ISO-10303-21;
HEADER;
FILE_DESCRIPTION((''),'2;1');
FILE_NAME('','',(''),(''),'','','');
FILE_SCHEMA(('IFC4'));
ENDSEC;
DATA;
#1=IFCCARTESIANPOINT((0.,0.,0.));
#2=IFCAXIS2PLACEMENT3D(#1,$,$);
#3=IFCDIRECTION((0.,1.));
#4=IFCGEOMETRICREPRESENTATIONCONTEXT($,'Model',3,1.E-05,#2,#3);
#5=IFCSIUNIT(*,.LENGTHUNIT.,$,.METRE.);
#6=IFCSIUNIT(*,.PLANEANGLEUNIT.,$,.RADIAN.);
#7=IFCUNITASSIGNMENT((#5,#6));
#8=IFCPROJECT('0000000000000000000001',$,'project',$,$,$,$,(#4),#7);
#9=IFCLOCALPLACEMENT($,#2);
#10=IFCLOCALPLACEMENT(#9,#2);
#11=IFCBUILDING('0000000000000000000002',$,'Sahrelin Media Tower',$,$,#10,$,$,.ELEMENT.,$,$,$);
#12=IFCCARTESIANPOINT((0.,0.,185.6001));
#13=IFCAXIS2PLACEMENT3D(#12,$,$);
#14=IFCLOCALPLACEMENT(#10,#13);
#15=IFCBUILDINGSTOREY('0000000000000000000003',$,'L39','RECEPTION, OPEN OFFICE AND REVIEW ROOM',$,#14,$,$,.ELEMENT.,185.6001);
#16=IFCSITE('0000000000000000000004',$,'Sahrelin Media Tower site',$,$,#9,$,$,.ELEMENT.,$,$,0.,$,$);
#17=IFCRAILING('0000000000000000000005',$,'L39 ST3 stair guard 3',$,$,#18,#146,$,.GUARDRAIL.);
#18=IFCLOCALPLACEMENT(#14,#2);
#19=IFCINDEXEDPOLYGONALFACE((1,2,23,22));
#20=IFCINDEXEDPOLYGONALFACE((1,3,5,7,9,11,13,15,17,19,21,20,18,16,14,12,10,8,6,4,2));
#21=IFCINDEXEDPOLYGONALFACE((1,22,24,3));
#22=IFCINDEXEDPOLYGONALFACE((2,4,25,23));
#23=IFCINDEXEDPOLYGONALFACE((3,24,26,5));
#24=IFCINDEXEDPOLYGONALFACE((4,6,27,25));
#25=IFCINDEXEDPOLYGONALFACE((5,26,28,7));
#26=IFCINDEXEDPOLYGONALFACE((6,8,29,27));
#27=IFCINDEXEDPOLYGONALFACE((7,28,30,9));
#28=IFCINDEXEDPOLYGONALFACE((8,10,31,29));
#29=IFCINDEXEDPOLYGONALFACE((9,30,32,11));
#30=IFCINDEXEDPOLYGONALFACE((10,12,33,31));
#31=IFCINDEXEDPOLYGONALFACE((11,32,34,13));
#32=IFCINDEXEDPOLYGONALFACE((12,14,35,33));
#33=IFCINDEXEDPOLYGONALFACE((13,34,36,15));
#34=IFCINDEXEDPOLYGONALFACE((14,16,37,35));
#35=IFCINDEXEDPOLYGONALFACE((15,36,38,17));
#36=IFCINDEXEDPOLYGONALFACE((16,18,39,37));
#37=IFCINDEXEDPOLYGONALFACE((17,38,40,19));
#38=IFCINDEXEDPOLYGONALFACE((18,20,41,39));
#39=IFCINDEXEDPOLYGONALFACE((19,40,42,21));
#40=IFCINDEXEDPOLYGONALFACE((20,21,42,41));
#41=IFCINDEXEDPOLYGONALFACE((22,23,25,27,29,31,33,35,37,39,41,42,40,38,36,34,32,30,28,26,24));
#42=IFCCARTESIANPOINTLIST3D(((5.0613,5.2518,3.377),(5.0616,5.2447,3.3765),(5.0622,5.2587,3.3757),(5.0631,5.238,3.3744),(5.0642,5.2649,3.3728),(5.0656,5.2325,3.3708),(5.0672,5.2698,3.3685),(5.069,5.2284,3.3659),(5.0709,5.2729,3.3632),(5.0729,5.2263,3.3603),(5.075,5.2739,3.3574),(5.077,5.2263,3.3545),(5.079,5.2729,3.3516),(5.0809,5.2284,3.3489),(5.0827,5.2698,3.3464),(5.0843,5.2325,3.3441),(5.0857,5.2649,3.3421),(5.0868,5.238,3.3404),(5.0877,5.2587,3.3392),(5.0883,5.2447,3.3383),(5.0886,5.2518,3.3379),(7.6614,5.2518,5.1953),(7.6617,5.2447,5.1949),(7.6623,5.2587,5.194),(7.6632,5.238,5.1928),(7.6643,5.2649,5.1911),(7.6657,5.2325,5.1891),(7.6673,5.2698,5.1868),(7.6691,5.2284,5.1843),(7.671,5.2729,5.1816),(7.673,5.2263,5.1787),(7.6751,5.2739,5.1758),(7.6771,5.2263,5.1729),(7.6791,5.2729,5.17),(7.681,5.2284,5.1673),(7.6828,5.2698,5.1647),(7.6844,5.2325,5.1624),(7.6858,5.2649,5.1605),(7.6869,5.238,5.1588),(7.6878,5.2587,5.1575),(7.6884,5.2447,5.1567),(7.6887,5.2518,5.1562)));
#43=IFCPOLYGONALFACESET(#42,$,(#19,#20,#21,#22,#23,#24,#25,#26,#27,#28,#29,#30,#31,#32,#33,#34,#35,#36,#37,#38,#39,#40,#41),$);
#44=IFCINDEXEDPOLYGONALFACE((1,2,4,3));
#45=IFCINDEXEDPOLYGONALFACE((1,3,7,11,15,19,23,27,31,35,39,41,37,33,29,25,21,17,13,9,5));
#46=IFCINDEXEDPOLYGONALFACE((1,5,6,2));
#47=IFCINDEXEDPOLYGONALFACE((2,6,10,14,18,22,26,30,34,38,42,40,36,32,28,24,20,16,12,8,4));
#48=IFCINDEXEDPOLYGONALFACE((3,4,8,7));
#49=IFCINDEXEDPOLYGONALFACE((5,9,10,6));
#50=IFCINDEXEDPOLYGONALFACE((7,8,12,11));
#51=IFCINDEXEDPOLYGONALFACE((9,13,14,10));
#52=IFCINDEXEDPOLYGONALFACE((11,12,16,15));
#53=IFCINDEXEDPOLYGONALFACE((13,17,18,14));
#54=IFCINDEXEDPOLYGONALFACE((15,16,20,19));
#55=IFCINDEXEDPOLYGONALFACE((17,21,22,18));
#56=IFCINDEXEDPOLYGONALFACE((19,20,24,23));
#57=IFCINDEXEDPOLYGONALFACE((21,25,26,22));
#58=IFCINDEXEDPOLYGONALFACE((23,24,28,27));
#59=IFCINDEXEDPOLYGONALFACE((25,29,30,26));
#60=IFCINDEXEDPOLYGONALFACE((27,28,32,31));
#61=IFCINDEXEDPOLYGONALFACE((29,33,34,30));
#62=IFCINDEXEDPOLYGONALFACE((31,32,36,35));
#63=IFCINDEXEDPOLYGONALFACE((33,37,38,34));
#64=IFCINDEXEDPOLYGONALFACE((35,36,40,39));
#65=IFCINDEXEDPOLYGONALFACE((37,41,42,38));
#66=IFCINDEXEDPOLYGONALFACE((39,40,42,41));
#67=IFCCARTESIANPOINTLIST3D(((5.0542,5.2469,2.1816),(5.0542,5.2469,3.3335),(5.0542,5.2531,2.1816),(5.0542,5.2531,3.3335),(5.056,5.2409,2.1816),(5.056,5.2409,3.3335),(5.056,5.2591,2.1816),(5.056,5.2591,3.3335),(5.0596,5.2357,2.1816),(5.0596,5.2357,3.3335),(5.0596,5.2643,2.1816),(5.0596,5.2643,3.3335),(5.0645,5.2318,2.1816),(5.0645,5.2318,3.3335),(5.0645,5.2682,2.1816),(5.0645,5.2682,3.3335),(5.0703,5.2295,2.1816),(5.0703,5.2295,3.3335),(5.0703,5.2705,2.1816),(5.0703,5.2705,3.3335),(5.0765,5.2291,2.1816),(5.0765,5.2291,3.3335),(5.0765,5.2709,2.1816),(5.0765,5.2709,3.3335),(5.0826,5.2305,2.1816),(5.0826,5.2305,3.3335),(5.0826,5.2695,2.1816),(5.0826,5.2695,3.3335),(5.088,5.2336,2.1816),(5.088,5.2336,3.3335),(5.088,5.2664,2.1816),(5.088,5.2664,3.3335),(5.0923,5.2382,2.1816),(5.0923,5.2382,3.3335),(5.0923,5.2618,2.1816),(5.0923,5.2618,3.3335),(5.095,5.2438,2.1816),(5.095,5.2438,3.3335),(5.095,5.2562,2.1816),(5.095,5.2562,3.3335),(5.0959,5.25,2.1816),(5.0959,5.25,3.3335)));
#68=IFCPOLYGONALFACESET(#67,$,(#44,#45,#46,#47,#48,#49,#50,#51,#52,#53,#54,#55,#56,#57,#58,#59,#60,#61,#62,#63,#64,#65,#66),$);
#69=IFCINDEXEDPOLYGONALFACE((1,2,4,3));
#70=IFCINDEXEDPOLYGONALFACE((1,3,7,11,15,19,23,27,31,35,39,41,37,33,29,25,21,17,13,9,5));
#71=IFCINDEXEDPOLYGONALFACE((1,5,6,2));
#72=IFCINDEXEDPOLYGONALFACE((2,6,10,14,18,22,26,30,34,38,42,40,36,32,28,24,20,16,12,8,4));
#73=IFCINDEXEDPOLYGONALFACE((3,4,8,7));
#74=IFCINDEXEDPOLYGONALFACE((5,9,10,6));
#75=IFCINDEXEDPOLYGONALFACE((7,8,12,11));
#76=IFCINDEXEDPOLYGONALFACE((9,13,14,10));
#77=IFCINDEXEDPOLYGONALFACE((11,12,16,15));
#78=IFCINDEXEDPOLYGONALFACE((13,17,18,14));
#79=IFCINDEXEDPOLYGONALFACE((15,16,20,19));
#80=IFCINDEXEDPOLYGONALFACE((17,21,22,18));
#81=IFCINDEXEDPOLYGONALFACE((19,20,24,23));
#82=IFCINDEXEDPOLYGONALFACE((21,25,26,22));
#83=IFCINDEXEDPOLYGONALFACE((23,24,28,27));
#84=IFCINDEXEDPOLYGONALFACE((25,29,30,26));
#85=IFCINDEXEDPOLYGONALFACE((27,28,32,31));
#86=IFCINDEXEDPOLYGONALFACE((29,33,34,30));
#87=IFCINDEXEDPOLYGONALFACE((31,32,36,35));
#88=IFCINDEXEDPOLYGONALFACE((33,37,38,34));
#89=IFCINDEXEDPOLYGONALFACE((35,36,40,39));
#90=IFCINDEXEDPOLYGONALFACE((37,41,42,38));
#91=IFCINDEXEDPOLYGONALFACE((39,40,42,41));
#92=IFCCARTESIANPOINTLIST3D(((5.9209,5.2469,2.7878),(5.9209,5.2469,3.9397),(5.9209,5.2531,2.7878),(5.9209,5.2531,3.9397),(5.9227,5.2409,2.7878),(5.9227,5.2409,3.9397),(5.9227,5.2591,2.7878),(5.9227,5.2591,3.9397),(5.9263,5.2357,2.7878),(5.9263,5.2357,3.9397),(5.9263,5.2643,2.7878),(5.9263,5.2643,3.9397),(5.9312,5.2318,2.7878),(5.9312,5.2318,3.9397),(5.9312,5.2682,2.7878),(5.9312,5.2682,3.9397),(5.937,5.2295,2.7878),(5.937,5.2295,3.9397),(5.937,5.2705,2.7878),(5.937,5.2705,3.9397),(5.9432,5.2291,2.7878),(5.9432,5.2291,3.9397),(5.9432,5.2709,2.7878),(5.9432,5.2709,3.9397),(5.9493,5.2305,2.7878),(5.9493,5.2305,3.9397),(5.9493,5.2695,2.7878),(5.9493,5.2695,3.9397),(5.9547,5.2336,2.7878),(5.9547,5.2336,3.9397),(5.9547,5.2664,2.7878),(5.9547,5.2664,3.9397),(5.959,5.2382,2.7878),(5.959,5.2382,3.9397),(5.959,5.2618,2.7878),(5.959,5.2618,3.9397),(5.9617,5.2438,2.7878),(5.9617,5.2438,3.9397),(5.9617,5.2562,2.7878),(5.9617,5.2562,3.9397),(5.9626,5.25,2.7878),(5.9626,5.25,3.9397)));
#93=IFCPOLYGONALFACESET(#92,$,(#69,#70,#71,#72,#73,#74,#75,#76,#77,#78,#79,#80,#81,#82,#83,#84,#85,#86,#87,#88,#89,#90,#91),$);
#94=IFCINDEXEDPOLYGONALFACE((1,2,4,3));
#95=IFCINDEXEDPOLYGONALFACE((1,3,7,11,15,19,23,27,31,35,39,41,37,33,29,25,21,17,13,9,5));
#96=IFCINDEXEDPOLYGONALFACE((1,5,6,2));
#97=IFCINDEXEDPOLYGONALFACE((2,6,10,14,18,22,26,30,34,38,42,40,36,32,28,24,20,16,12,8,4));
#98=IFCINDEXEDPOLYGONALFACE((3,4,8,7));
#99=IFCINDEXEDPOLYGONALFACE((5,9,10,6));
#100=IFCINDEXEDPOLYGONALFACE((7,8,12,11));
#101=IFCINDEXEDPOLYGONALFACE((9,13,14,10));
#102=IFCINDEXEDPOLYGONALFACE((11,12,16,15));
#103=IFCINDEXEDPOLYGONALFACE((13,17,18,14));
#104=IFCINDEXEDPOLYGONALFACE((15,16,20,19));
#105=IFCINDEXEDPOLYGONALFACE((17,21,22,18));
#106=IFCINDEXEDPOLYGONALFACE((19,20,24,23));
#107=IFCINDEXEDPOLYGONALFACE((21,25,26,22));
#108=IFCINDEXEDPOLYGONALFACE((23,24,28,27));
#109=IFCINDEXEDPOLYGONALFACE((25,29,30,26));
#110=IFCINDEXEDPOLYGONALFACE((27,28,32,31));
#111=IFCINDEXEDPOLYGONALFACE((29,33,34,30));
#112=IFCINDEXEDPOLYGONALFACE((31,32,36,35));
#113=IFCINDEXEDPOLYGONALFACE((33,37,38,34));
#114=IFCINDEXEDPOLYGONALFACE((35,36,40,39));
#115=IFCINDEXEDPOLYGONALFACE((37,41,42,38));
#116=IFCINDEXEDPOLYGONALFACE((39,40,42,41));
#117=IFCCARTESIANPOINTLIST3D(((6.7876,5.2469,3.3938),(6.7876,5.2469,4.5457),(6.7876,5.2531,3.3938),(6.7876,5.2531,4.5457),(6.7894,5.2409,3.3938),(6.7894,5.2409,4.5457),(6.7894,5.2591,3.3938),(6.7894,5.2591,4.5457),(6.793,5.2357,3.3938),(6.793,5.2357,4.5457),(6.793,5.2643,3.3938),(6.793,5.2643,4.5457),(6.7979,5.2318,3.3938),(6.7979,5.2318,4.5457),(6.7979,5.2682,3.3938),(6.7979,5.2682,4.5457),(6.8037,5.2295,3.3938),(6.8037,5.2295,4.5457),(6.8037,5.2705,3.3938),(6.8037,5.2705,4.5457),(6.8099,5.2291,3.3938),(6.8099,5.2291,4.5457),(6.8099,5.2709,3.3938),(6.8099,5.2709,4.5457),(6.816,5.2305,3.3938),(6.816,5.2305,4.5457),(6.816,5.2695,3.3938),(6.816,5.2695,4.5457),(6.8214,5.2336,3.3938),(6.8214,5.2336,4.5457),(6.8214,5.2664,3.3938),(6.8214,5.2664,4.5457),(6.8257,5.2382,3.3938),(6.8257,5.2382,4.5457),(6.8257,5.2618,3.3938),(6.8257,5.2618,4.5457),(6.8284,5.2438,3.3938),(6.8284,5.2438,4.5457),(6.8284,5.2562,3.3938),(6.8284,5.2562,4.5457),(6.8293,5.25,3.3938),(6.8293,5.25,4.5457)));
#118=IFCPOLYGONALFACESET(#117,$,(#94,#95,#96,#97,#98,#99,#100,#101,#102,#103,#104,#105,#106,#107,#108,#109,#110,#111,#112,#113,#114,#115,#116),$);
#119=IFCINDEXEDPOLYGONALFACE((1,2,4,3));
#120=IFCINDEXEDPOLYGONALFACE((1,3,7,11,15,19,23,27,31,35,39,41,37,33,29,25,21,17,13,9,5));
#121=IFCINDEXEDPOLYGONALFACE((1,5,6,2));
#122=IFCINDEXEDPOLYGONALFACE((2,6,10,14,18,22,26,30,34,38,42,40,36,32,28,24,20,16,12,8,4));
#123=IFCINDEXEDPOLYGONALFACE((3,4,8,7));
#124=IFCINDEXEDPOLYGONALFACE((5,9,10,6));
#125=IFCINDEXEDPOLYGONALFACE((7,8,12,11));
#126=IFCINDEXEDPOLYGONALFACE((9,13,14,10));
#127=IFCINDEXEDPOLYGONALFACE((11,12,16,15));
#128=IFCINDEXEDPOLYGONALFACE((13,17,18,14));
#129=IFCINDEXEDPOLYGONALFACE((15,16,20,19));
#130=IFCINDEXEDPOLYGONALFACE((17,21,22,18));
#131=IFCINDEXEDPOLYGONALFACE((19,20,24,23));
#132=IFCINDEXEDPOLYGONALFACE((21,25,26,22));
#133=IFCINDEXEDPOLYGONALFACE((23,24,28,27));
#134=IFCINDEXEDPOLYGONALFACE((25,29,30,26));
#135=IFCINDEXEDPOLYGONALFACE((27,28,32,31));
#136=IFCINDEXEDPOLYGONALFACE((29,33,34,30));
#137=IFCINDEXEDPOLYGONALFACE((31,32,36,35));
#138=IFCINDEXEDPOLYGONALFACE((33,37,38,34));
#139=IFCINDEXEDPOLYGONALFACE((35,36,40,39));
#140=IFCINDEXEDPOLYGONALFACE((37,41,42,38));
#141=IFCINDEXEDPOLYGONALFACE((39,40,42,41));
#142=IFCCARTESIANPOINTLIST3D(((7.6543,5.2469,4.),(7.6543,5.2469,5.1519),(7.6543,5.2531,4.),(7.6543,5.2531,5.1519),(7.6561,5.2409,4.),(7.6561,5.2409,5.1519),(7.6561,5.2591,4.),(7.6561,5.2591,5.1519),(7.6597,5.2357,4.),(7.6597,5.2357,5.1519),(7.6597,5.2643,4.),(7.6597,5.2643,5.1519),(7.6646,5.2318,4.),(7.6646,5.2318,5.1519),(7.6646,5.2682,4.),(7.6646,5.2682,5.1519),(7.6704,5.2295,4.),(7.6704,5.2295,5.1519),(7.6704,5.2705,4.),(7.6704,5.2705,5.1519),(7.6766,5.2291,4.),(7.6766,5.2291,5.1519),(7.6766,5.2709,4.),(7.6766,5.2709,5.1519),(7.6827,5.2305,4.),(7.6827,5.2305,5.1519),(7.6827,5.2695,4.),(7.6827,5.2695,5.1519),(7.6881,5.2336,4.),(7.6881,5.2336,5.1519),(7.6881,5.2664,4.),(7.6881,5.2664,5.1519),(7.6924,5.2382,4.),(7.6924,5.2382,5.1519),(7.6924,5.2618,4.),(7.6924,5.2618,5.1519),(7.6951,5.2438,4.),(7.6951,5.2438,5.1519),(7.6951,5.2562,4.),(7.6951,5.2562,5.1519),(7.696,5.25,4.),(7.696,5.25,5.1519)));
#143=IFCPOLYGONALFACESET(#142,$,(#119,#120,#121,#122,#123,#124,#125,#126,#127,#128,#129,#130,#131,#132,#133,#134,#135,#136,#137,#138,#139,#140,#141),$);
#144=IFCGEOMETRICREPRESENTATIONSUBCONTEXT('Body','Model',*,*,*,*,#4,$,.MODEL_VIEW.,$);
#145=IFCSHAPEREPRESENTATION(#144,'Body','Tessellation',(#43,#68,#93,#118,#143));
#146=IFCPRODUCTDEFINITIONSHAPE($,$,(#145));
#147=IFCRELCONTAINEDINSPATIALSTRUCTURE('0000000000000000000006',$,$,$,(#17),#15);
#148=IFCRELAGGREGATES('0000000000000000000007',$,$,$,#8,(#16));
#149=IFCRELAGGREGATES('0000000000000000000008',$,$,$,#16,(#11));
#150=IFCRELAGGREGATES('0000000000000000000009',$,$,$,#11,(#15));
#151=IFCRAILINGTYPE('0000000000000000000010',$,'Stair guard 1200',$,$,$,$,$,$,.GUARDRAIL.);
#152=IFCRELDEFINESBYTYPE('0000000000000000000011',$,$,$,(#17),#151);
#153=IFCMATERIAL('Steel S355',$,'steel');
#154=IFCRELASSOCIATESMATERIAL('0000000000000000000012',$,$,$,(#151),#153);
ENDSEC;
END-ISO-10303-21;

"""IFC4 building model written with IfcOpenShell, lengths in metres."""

from ifc_helpers import new_model, si_unit, direction, frame, origin, origin_2d, place, context, subcontext, project, spatial, circle, extrude, material, type_object, element, save


model = new_model("IFC4")

# Units and contexts
model_context = context("Model", 3, precision=1e-05, world=origin(), true_north=direction((0.0, 1.0)))
body_context = subcontext(model_context, "Body", "Model", "MODEL_VIEW")
ifc_project = project(units=[si_unit("LENGTHUNIT", "METRE"), si_unit("PLANEANGLEUNIT", "RADIAN")], contexts=[model_context])

# Site, building, storey
site_placement = place(None, origin())
site = spatial("IfcSite", under=ifc_project, at=site_placement, Name="Sahrelin Media Tower site", CompositionType="ELEMENT", RefElevation=0.0)
building_placement = place(site_placement, origin())
building = spatial("IfcBuilding", under=site, at=building_placement, Name="Sahrelin Media Tower", CompositionType="ELEMENT")
storey_placement = place(building_placement, frame((0.0, 0.0, 185.6001)))
storey = spatial("IfcBuildingStorey", under=building, at=storey_placement, Name="L39", Description="RECEPTION, OPEN OFFICE AND REVIEW ROOM", CompositionType="ELEMENT", Elevation=185.6001)

# Shared definitions
ifc_material_1 = material(Name="Steel S355", Category="steel")

# Railing
railing_type_1 = type_object("IfcRailingType", Name="Stair guard 1200", PredefinedType="GUARDRAIL", material=ifc_material_1)
railing_1_placement = place(storey_placement, frame((5.075, 5.25, 2.1816)))
element("IfcRailing", 1, at=railing_1_placement, inside=storey, type_object=railing_type_1, Name="L39 ST3 stair guard 3", PredefinedType="GUARDRAIL", context=body_context, shape_type="SweptSolid", body=[
    extrude(circle(Radius=0.0239, at=origin_2d()), frame((0.0, 0.0, 1.1758), z_axis=(0.819485, 0.0, 0.573101), x_axis=(0.0, 1.0, 0.0)), (0.0, 0.0, 1.0), 3.1729),
    extrude(circle(Radius=0.021, at=origin_2d()), origin(), (0.0, 0.0, 1.0), 1.1519),
    extrude(circle(Radius=0.021, at=origin_2d()), frame((0.8667, 0.0, 0.6062)), (0.0, 0.0, 1.0), 1.1519),
    extrude(circle(Radius=0.021, at=origin_2d()), frame((1.7334, 0.0, 1.2122)), (0.0, 0.0, 1.0), 1.1519),
    extrude(circle(Radius=0.021, at=origin_2d()), frame((2.6001, 0.0, 1.8184)), (0.0, 0.0, 1.0), 1.1519),
])

save(model, "model.ifc")
